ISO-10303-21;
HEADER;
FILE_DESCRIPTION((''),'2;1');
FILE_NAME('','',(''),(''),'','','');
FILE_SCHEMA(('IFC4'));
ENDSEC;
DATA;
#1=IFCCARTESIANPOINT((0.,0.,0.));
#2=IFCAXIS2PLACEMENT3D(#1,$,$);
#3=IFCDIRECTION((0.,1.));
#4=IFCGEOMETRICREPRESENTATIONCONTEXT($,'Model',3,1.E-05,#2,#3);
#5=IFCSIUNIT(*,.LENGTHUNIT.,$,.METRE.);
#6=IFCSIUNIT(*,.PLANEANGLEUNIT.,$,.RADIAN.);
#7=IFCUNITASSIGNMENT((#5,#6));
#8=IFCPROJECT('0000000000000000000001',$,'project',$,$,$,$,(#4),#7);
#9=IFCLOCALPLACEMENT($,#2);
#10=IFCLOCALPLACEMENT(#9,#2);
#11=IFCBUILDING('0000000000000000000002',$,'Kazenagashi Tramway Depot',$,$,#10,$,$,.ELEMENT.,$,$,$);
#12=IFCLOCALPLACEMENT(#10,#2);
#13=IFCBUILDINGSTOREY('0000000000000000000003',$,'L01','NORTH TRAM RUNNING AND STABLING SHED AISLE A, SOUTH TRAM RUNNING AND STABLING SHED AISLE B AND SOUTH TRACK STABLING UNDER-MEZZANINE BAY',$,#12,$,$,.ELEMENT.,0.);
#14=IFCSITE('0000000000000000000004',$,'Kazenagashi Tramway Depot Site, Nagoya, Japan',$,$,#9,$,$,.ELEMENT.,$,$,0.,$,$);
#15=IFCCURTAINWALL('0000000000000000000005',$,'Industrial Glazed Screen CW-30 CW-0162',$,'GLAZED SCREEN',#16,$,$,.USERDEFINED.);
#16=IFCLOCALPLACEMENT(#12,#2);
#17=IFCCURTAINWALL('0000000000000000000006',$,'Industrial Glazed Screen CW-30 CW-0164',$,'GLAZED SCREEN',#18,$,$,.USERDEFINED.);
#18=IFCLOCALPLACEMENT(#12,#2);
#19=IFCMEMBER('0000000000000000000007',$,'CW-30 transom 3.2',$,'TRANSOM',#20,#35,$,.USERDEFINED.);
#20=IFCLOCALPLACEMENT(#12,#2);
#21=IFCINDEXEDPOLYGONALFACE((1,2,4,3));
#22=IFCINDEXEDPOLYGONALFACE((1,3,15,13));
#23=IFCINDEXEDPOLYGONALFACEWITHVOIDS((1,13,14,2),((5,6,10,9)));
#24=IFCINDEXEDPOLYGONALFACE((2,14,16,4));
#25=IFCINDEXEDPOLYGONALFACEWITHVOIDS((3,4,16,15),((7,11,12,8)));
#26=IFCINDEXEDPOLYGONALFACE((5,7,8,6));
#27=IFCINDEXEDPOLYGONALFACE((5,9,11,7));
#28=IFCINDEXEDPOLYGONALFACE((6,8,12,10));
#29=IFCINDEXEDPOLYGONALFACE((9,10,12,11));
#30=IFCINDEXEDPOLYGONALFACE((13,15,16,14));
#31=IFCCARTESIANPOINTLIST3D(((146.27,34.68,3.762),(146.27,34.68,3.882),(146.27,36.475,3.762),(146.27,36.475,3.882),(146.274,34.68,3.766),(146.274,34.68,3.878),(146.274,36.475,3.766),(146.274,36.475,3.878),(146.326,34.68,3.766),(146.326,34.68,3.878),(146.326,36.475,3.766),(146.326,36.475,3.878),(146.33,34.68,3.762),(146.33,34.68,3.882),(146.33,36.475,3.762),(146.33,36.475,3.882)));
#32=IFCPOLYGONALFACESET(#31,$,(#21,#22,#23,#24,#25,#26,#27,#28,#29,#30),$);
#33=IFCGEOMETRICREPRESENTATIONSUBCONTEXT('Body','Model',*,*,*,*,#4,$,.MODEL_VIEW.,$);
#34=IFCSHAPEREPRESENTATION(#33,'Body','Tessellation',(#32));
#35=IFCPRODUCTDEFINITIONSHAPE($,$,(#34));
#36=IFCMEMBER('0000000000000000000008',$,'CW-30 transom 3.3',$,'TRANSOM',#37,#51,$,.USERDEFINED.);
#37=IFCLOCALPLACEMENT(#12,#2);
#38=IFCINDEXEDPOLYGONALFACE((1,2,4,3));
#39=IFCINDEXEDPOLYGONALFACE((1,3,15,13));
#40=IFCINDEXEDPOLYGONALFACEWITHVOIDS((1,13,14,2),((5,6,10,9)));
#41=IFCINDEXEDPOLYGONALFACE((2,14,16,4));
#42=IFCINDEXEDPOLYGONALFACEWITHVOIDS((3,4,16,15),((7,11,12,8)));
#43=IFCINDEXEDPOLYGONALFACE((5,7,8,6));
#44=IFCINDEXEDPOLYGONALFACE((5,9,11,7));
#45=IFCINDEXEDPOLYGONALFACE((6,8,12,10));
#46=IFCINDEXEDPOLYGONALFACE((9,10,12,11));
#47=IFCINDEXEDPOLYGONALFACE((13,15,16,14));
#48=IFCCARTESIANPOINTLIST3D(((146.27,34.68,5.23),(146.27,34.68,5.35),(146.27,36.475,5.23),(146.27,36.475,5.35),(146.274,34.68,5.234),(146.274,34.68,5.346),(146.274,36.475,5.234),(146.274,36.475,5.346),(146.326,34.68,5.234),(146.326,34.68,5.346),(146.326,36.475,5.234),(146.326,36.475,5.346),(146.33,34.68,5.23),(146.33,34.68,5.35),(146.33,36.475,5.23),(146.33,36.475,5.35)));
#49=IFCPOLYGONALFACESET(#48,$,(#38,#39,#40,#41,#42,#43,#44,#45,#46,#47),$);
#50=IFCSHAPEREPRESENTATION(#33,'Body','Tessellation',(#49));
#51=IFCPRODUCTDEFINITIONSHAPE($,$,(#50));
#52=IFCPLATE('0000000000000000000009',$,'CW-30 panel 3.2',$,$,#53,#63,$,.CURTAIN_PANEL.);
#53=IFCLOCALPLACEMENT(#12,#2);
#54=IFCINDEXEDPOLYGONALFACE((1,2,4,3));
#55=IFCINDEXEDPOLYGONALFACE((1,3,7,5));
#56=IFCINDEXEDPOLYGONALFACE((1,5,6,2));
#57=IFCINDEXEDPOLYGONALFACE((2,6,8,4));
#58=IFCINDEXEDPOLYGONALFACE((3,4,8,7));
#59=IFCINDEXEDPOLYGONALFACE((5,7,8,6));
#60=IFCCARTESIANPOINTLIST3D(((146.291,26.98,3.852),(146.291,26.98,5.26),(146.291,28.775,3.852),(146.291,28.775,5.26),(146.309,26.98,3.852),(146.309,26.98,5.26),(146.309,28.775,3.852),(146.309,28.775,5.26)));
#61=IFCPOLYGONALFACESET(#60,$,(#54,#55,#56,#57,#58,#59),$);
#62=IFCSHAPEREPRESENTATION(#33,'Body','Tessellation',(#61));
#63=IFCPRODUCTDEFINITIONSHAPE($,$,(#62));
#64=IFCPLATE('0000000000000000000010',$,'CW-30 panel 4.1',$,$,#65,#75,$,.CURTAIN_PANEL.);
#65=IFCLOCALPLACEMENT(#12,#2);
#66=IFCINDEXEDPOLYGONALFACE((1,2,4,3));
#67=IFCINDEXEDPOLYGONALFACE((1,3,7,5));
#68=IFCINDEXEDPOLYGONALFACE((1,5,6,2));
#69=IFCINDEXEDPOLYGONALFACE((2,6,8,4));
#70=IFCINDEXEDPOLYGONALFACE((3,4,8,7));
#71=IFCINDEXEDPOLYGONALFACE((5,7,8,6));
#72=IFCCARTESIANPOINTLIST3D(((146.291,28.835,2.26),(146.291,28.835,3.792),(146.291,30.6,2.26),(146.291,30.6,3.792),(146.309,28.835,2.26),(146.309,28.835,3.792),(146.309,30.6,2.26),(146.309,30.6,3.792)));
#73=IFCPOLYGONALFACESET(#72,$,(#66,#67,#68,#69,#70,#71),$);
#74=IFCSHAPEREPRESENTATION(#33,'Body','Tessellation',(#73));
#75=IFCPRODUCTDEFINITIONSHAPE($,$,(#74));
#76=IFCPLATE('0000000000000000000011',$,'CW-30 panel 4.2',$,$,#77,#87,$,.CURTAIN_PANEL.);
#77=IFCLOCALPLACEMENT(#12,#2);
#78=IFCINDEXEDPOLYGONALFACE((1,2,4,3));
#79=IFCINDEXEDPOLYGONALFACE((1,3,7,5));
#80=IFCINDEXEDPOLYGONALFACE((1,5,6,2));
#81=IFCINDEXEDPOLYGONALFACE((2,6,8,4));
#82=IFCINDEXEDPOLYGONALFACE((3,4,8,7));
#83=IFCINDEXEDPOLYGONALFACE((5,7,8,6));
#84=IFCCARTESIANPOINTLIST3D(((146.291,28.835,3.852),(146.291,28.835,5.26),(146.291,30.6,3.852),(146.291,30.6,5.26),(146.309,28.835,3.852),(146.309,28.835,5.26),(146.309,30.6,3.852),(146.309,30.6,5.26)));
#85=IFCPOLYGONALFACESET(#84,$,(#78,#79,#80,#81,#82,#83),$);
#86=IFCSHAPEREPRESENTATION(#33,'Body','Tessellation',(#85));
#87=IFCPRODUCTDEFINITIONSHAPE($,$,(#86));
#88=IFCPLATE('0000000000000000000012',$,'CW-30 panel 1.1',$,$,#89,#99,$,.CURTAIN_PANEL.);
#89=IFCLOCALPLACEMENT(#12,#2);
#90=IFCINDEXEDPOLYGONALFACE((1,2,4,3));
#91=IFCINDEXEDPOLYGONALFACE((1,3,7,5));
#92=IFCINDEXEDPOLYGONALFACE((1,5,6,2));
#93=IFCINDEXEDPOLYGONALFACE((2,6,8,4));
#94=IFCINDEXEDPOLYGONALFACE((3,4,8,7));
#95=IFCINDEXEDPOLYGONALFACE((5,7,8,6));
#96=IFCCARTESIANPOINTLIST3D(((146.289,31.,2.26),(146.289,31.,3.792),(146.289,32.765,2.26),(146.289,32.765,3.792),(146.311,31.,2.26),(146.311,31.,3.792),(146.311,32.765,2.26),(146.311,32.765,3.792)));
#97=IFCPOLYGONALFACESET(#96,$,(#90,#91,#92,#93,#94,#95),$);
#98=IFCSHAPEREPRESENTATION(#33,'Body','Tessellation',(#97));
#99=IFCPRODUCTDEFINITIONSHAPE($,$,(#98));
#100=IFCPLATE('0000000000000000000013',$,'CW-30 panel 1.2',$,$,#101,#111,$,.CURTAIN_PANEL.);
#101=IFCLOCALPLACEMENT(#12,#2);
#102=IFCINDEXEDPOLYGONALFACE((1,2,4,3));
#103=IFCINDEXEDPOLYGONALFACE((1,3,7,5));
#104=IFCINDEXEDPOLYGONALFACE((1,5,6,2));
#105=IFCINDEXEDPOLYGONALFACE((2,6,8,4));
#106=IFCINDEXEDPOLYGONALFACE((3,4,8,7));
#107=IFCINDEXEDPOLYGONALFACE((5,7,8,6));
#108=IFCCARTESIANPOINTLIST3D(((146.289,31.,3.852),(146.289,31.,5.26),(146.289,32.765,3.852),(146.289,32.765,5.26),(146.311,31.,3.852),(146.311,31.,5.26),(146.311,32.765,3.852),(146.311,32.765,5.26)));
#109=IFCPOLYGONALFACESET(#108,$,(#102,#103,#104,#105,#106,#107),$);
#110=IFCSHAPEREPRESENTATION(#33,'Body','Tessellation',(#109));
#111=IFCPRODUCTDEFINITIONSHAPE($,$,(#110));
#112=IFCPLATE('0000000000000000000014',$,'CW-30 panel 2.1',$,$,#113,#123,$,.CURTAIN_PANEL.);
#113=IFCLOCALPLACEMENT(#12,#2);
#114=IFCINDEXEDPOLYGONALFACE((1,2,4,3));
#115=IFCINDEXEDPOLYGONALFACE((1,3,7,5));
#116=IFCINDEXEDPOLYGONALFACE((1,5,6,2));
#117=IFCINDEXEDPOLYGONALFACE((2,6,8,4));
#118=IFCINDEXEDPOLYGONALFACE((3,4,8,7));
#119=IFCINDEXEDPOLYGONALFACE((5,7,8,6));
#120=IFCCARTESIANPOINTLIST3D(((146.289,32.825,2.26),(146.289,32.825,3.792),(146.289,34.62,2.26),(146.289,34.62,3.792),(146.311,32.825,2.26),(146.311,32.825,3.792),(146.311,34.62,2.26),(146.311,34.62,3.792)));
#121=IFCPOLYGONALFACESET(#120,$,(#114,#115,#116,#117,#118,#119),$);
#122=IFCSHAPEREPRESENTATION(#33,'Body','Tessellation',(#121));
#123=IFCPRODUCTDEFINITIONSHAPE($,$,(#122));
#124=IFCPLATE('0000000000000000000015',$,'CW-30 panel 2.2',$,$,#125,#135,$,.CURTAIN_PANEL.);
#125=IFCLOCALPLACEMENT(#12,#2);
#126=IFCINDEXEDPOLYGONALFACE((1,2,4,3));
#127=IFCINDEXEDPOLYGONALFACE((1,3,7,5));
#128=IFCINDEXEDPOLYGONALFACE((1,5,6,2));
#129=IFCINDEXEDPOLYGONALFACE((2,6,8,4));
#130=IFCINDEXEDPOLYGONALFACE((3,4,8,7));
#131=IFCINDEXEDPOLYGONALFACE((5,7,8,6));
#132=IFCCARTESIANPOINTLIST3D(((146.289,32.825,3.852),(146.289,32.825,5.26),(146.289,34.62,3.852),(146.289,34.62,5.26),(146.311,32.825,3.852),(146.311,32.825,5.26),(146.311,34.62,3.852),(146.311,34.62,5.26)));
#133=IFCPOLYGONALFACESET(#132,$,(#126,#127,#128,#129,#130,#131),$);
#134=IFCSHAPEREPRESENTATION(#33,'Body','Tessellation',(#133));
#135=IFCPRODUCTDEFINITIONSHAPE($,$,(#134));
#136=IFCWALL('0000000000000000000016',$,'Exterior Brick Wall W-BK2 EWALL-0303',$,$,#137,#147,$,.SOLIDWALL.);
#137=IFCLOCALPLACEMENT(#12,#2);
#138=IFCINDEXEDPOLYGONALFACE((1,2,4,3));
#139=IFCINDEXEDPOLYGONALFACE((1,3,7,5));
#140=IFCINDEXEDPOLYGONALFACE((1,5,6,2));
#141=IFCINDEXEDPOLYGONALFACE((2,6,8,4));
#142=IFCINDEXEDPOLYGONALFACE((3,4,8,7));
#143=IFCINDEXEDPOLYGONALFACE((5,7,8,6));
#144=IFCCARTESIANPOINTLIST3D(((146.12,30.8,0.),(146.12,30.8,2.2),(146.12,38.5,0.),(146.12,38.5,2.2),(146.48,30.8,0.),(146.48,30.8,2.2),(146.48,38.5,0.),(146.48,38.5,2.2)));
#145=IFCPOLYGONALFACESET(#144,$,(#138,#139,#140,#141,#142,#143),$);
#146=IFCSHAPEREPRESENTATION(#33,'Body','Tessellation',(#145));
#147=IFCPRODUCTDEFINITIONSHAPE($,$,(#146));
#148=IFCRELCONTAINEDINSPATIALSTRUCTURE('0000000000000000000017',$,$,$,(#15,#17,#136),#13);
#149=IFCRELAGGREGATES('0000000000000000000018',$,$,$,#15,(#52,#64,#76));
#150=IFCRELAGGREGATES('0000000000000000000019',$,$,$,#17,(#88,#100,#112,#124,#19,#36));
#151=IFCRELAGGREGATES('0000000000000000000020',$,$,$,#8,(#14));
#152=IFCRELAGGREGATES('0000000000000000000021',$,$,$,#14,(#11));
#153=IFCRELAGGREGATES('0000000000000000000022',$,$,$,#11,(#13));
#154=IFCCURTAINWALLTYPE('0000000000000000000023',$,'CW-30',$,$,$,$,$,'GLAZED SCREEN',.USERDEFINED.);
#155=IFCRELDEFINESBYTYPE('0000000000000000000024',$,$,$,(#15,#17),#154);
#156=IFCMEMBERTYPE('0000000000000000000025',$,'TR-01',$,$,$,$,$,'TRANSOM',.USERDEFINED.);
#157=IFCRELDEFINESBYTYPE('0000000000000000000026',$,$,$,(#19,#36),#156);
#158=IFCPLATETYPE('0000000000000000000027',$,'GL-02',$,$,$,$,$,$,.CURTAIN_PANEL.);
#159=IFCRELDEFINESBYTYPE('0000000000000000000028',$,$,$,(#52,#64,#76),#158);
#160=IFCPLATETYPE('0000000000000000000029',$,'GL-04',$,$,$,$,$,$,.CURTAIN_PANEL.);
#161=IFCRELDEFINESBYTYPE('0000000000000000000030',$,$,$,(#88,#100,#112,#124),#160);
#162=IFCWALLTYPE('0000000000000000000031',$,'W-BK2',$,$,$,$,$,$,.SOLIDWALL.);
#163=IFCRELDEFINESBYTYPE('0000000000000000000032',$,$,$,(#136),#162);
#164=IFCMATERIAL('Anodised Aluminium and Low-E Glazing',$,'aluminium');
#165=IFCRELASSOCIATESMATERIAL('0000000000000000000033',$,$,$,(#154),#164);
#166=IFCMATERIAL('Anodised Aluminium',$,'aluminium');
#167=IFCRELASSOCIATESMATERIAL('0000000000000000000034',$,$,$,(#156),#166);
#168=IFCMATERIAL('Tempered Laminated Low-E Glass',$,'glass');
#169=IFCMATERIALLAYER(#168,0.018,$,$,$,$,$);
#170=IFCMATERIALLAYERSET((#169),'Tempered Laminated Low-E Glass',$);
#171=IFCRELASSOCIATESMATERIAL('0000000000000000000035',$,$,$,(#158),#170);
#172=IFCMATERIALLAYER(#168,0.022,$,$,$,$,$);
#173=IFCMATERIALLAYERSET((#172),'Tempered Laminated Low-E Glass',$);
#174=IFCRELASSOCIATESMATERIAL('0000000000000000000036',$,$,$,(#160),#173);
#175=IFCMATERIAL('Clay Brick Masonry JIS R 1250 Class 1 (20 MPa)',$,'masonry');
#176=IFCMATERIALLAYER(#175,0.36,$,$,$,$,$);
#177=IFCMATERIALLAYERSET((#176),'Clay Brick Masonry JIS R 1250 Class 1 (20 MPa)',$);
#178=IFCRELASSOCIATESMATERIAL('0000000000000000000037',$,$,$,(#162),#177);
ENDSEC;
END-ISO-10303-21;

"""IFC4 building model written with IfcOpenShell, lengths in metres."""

from ifc_helpers import new_model, si_unit, direction, frame, frame_2d, origin, origin_2d, place, context, subcontext, project, spatial, rectangle, hollow_rectangle, extrude, material, layer, layer_set, material_profile, profile_set, type_object, element, aggregate, save


model = new_model("IFC4")

# Units and contexts
model_context = context("Model", 3, precision=1e-05, world=origin(), true_north=direction((0.0, 1.0)))
body_context = subcontext(model_context, "Body", "Model", "MODEL_VIEW")
ifc_project = project(units=[si_unit("LENGTHUNIT", "METRE"), si_unit("PLANEANGLEUNIT", "RADIAN")], contexts=[model_context])

# Site, building, storey
site_placement = place(None, origin())
site = spatial("IfcSite", under=ifc_project, at=site_placement, Name="Kazenagashi Tramway Depot Site, Nagoya, Japan", CompositionType="ELEMENT", RefElevation=0.0)
building_placement = place(site_placement, origin())
building = spatial("IfcBuilding", under=site, at=building_placement, Name="Kazenagashi Tramway Depot", CompositionType="ELEMENT")
storey_placement = place(building_placement, origin())
storey = spatial("IfcBuildingStorey", under=building, at=storey_placement, Name="L01", Description="NORTH TRAM RUNNING AND STABLING SHED AISLE A, SOUTH TRAM RUNNING AND STABLING SHED AISLE B AND SOUTH TRACK STABLING UNDER-MEZZANINE BAY", CompositionType="ELEMENT", Elevation=0.0)

# Curtain walls
ifc_material_1 = material(Name="Anodised Aluminium and Low-E Glazing", Category="aluminium")
curtain_wall_type = type_object("IfcCurtainWallType", Name="CW-30", ElementType="GLAZED SCREEN", PredefinedType="USERDEFINED", material=ifc_material_1)
curtain_wall_1_placement = place(storey_placement, origin())
curtain_wall_1 = element("IfcCurtainWall", 1, at=curtain_wall_1_placement, inside=storey, type_object=curtain_wall_type, Name="Industrial Glazed Screen CW-30 CW-0162", ObjectType="GLAZED SCREEN", PredefinedType="USERDEFINED")
ifc_material_2 = material(Name="Anodised Aluminium", Category="aluminium")
curtain_wall_2_placement = place(storey_placement, origin())
curtain_wall_2 = element("IfcCurtainWall", 2, at=curtain_wall_2_placement, inside=storey, type_object=curtain_wall_type, Name="Industrial Glazed Screen CW-30 CW-0164", ObjectType="GLAZED SCREEN", PredefinedType="USERDEFINED")

# Members
ifc_material_profile_1 = material_profile(ifc_material_2, hollow_rectangle(XDim=0.06, YDim=0.12, WallThickness=0.004, at=origin_2d()), Name="RHS-120x60x4")
ifc_profile_set_1 = profile_set([ifc_material_profile_1], Name="Anodised Aluminium")
member_type_1 = type_object("IfcMemberType", Name="TR-01", ElementType="TRANSOM", PredefinedType="USERDEFINED", material=ifc_profile_set_1)
member_1_placement = place(storey_placement, frame((146.3, 34.68, 3.822), z_axis=(0.0, 1.0, 0.0), x_axis=(-1.0, 0.0, 0.0)))
member_1 = element("IfcMember", 3, at=member_1_placement, type_object=member_type_1, Name="CW-30 transom 3.2", ObjectType="TRANSOM", PredefinedType="USERDEFINED", context=body_context, shape_type="SweptSolid", body=[
    extrude(hollow_rectangle(XDim=0.06, YDim=0.12, WallThickness=0.004, at=origin_2d()), origin(), (0.0, 0.0, 1.0), 1.795),
])
member_2_placement = place(storey_placement, frame((146.3, 34.68, 5.29), z_axis=(0.0, 1.0, 0.0), x_axis=(-1.0, 0.0, 0.0)))
member_2 = element("IfcMember", 4, at=member_2_placement, type_object=member_type_1, Name="CW-30 transom 3.3", ObjectType="TRANSOM", PredefinedType="USERDEFINED", context=body_context, shape_type="SweptSolid", body=[
    extrude(hollow_rectangle(XDim=0.06, YDim=0.12, WallThickness=0.004, at=origin_2d()), origin(), (0.0, 0.0, 1.0), 1.795),
])

# Plates
ifc_material_3 = material(Name="Tempered Laminated Low-E Glass", Category="glass")
ifc_layer_1 = layer(ifc_material_3, 0.018)
ifc_layer_set_1 = layer_set([ifc_layer_1], Name="Tempered Laminated Low-E Glass")
plate_type_1 = type_object("IfcPlateType", Name="GL-02", PredefinedType="CURTAIN_PANEL", material=ifc_layer_set_1)
plate_1_placement = place(storey_placement, frame((146.3, 27.8775, 3.852), z_axis=(0.0, 0.0, 1.0), x_axis=(0.0, 1.0, 0.0)))
plate_1 = element("IfcPlate", 5, at=plate_1_placement, type_object=plate_type_1, Name="CW-30 panel 3.2", PredefinedType="CURTAIN_PANEL", context=body_context, shape_type="SweptSolid", body=[
    extrude(rectangle(XDim=1.795, YDim=0.018, at=origin_2d()), origin(), (0.0, 0.0, 1.0), 1.408),
])
plate_2_placement = place(storey_placement, frame((146.3, 29.7175, 2.26), z_axis=(0.0, 0.0, 1.0), x_axis=(0.0, 1.0, 0.0)))
plate_2 = element("IfcPlate", 6, at=plate_2_placement, type_object=plate_type_1, Name="CW-30 panel 4.1", PredefinedType="CURTAIN_PANEL", context=body_context, shape_type="SweptSolid", body=[
    extrude(rectangle(XDim=1.765, YDim=0.018, at=origin_2d()), origin(), (0.0, 0.0, 1.0), 1.532),
])
plate_3_placement = place(storey_placement, frame((146.3, 29.7175, 3.852), z_axis=(0.0, 0.0, 1.0), x_axis=(0.0, 1.0, 0.0)))
plate_3 = element("IfcPlate", 7, at=plate_3_placement, type_object=plate_type_1, Name="CW-30 panel 4.2", PredefinedType="CURTAIN_PANEL", context=body_context, shape_type="SweptSolid", body=[
    extrude(rectangle(XDim=1.765, YDim=0.018, at=origin_2d()), origin(), (0.0, 0.0, 1.0), 1.408),
])
aggregate(curtain_wall_1, [plate_1, plate_2, plate_3])
ifc_layer_2 = layer(ifc_material_3, 0.022)
ifc_layer_set_2 = layer_set([ifc_layer_2], Name="Tempered Laminated Low-E Glass")
plate_type_2 = type_object("IfcPlateType", Name="GL-04", PredefinedType="CURTAIN_PANEL", material=ifc_layer_set_2)
plate_4_placement = place(storey_placement, frame((146.3, 31.8825, 2.26), z_axis=(0.0, 0.0, 1.0), x_axis=(0.0, 1.0, 0.0)))
plate_4 = element("IfcPlate", 8, at=plate_4_placement, type_object=plate_type_2, Name="CW-30 panel 1.1", PredefinedType="CURTAIN_PANEL", context=body_context, shape_type="SweptSolid", body=[
    extrude(rectangle(XDim=1.765, YDim=0.022, at=origin_2d()), origin(), (0.0, 0.0, 1.0), 1.532),
])
plate_5_placement = place(storey_placement, frame((146.3, 31.8825, 3.852), z_axis=(0.0, 0.0, 1.0), x_axis=(0.0, 1.0, 0.0)))
plate_5 = element("IfcPlate", 9, at=plate_5_placement, type_object=plate_type_2, Name="CW-30 panel 1.2", PredefinedType="CURTAIN_PANEL", context=body_context, shape_type="SweptSolid", body=[
    extrude(rectangle(XDim=1.765, YDim=0.022, at=origin_2d()), origin(), (0.0, 0.0, 1.0), 1.408),
])
plate_6_placement = place(storey_placement, frame((146.3, 33.7225, 2.26), z_axis=(0.0, 0.0, 1.0), x_axis=(0.0, 1.0, 0.0)))
plate_6 = element("IfcPlate", 10, at=plate_6_placement, type_object=plate_type_2, Name="CW-30 panel 2.1", PredefinedType="CURTAIN_PANEL", context=body_context, shape_type="SweptSolid", body=[
    extrude(rectangle(XDim=1.795, YDim=0.022, at=origin_2d()), origin(), (0.0, 0.0, 1.0), 1.532),
])
plate_7_placement = place(storey_placement, frame((146.3, 33.7225, 3.852), z_axis=(0.0, 0.0, 1.0), x_axis=(0.0, 1.0, 0.0)))
plate_7 = element("IfcPlate", 11, at=plate_7_placement, type_object=plate_type_2, Name="CW-30 panel 2.2", PredefinedType="CURTAIN_PANEL", context=body_context, shape_type="SweptSolid", body=[
    extrude(rectangle(XDim=1.795, YDim=0.022, at=origin_2d()), origin(), (0.0, 0.0, 1.0), 1.408),
])
aggregate(curtain_wall_2, [plate_4, plate_5, plate_6, plate_7, member_1, member_2])

# Wall
ifc_material_4 = material(Name="Clay Brick Masonry JIS R 1250 Class 1 (20 MPa)", Category="masonry")
ifc_layer_3 = layer(ifc_material_4, 0.36)
ifc_layer_set_3 = layer_set([ifc_layer_3], Name="Clay Brick Masonry JIS R 1250 Class 1 (20 MPa)")
wall_type = type_object("IfcWallType", Name="W-BK2", PredefinedType="SOLIDWALL", material=ifc_layer_set_3)
wall_placement = place(storey_placement, frame((146.3, 30.8, 0.0), z_axis=(0.0, 0.0, 1.0), x_axis=(0.0, 1.0, 0.0)))
element("IfcWall", 12, at=wall_placement, inside=storey, type_object=wall_type, Name="Exterior Brick Wall W-BK2 EWALL-0303", PredefinedType="SOLIDWALL", context=body_context, shape_type="SweptSolid", body=[
    extrude(rectangle(XDim=7.7, YDim=0.36, at=frame_2d((3.85, 0.0))), origin(), (0.0, 0.0, 1.0), 2.2),
])

save(model, "model.ifc")
